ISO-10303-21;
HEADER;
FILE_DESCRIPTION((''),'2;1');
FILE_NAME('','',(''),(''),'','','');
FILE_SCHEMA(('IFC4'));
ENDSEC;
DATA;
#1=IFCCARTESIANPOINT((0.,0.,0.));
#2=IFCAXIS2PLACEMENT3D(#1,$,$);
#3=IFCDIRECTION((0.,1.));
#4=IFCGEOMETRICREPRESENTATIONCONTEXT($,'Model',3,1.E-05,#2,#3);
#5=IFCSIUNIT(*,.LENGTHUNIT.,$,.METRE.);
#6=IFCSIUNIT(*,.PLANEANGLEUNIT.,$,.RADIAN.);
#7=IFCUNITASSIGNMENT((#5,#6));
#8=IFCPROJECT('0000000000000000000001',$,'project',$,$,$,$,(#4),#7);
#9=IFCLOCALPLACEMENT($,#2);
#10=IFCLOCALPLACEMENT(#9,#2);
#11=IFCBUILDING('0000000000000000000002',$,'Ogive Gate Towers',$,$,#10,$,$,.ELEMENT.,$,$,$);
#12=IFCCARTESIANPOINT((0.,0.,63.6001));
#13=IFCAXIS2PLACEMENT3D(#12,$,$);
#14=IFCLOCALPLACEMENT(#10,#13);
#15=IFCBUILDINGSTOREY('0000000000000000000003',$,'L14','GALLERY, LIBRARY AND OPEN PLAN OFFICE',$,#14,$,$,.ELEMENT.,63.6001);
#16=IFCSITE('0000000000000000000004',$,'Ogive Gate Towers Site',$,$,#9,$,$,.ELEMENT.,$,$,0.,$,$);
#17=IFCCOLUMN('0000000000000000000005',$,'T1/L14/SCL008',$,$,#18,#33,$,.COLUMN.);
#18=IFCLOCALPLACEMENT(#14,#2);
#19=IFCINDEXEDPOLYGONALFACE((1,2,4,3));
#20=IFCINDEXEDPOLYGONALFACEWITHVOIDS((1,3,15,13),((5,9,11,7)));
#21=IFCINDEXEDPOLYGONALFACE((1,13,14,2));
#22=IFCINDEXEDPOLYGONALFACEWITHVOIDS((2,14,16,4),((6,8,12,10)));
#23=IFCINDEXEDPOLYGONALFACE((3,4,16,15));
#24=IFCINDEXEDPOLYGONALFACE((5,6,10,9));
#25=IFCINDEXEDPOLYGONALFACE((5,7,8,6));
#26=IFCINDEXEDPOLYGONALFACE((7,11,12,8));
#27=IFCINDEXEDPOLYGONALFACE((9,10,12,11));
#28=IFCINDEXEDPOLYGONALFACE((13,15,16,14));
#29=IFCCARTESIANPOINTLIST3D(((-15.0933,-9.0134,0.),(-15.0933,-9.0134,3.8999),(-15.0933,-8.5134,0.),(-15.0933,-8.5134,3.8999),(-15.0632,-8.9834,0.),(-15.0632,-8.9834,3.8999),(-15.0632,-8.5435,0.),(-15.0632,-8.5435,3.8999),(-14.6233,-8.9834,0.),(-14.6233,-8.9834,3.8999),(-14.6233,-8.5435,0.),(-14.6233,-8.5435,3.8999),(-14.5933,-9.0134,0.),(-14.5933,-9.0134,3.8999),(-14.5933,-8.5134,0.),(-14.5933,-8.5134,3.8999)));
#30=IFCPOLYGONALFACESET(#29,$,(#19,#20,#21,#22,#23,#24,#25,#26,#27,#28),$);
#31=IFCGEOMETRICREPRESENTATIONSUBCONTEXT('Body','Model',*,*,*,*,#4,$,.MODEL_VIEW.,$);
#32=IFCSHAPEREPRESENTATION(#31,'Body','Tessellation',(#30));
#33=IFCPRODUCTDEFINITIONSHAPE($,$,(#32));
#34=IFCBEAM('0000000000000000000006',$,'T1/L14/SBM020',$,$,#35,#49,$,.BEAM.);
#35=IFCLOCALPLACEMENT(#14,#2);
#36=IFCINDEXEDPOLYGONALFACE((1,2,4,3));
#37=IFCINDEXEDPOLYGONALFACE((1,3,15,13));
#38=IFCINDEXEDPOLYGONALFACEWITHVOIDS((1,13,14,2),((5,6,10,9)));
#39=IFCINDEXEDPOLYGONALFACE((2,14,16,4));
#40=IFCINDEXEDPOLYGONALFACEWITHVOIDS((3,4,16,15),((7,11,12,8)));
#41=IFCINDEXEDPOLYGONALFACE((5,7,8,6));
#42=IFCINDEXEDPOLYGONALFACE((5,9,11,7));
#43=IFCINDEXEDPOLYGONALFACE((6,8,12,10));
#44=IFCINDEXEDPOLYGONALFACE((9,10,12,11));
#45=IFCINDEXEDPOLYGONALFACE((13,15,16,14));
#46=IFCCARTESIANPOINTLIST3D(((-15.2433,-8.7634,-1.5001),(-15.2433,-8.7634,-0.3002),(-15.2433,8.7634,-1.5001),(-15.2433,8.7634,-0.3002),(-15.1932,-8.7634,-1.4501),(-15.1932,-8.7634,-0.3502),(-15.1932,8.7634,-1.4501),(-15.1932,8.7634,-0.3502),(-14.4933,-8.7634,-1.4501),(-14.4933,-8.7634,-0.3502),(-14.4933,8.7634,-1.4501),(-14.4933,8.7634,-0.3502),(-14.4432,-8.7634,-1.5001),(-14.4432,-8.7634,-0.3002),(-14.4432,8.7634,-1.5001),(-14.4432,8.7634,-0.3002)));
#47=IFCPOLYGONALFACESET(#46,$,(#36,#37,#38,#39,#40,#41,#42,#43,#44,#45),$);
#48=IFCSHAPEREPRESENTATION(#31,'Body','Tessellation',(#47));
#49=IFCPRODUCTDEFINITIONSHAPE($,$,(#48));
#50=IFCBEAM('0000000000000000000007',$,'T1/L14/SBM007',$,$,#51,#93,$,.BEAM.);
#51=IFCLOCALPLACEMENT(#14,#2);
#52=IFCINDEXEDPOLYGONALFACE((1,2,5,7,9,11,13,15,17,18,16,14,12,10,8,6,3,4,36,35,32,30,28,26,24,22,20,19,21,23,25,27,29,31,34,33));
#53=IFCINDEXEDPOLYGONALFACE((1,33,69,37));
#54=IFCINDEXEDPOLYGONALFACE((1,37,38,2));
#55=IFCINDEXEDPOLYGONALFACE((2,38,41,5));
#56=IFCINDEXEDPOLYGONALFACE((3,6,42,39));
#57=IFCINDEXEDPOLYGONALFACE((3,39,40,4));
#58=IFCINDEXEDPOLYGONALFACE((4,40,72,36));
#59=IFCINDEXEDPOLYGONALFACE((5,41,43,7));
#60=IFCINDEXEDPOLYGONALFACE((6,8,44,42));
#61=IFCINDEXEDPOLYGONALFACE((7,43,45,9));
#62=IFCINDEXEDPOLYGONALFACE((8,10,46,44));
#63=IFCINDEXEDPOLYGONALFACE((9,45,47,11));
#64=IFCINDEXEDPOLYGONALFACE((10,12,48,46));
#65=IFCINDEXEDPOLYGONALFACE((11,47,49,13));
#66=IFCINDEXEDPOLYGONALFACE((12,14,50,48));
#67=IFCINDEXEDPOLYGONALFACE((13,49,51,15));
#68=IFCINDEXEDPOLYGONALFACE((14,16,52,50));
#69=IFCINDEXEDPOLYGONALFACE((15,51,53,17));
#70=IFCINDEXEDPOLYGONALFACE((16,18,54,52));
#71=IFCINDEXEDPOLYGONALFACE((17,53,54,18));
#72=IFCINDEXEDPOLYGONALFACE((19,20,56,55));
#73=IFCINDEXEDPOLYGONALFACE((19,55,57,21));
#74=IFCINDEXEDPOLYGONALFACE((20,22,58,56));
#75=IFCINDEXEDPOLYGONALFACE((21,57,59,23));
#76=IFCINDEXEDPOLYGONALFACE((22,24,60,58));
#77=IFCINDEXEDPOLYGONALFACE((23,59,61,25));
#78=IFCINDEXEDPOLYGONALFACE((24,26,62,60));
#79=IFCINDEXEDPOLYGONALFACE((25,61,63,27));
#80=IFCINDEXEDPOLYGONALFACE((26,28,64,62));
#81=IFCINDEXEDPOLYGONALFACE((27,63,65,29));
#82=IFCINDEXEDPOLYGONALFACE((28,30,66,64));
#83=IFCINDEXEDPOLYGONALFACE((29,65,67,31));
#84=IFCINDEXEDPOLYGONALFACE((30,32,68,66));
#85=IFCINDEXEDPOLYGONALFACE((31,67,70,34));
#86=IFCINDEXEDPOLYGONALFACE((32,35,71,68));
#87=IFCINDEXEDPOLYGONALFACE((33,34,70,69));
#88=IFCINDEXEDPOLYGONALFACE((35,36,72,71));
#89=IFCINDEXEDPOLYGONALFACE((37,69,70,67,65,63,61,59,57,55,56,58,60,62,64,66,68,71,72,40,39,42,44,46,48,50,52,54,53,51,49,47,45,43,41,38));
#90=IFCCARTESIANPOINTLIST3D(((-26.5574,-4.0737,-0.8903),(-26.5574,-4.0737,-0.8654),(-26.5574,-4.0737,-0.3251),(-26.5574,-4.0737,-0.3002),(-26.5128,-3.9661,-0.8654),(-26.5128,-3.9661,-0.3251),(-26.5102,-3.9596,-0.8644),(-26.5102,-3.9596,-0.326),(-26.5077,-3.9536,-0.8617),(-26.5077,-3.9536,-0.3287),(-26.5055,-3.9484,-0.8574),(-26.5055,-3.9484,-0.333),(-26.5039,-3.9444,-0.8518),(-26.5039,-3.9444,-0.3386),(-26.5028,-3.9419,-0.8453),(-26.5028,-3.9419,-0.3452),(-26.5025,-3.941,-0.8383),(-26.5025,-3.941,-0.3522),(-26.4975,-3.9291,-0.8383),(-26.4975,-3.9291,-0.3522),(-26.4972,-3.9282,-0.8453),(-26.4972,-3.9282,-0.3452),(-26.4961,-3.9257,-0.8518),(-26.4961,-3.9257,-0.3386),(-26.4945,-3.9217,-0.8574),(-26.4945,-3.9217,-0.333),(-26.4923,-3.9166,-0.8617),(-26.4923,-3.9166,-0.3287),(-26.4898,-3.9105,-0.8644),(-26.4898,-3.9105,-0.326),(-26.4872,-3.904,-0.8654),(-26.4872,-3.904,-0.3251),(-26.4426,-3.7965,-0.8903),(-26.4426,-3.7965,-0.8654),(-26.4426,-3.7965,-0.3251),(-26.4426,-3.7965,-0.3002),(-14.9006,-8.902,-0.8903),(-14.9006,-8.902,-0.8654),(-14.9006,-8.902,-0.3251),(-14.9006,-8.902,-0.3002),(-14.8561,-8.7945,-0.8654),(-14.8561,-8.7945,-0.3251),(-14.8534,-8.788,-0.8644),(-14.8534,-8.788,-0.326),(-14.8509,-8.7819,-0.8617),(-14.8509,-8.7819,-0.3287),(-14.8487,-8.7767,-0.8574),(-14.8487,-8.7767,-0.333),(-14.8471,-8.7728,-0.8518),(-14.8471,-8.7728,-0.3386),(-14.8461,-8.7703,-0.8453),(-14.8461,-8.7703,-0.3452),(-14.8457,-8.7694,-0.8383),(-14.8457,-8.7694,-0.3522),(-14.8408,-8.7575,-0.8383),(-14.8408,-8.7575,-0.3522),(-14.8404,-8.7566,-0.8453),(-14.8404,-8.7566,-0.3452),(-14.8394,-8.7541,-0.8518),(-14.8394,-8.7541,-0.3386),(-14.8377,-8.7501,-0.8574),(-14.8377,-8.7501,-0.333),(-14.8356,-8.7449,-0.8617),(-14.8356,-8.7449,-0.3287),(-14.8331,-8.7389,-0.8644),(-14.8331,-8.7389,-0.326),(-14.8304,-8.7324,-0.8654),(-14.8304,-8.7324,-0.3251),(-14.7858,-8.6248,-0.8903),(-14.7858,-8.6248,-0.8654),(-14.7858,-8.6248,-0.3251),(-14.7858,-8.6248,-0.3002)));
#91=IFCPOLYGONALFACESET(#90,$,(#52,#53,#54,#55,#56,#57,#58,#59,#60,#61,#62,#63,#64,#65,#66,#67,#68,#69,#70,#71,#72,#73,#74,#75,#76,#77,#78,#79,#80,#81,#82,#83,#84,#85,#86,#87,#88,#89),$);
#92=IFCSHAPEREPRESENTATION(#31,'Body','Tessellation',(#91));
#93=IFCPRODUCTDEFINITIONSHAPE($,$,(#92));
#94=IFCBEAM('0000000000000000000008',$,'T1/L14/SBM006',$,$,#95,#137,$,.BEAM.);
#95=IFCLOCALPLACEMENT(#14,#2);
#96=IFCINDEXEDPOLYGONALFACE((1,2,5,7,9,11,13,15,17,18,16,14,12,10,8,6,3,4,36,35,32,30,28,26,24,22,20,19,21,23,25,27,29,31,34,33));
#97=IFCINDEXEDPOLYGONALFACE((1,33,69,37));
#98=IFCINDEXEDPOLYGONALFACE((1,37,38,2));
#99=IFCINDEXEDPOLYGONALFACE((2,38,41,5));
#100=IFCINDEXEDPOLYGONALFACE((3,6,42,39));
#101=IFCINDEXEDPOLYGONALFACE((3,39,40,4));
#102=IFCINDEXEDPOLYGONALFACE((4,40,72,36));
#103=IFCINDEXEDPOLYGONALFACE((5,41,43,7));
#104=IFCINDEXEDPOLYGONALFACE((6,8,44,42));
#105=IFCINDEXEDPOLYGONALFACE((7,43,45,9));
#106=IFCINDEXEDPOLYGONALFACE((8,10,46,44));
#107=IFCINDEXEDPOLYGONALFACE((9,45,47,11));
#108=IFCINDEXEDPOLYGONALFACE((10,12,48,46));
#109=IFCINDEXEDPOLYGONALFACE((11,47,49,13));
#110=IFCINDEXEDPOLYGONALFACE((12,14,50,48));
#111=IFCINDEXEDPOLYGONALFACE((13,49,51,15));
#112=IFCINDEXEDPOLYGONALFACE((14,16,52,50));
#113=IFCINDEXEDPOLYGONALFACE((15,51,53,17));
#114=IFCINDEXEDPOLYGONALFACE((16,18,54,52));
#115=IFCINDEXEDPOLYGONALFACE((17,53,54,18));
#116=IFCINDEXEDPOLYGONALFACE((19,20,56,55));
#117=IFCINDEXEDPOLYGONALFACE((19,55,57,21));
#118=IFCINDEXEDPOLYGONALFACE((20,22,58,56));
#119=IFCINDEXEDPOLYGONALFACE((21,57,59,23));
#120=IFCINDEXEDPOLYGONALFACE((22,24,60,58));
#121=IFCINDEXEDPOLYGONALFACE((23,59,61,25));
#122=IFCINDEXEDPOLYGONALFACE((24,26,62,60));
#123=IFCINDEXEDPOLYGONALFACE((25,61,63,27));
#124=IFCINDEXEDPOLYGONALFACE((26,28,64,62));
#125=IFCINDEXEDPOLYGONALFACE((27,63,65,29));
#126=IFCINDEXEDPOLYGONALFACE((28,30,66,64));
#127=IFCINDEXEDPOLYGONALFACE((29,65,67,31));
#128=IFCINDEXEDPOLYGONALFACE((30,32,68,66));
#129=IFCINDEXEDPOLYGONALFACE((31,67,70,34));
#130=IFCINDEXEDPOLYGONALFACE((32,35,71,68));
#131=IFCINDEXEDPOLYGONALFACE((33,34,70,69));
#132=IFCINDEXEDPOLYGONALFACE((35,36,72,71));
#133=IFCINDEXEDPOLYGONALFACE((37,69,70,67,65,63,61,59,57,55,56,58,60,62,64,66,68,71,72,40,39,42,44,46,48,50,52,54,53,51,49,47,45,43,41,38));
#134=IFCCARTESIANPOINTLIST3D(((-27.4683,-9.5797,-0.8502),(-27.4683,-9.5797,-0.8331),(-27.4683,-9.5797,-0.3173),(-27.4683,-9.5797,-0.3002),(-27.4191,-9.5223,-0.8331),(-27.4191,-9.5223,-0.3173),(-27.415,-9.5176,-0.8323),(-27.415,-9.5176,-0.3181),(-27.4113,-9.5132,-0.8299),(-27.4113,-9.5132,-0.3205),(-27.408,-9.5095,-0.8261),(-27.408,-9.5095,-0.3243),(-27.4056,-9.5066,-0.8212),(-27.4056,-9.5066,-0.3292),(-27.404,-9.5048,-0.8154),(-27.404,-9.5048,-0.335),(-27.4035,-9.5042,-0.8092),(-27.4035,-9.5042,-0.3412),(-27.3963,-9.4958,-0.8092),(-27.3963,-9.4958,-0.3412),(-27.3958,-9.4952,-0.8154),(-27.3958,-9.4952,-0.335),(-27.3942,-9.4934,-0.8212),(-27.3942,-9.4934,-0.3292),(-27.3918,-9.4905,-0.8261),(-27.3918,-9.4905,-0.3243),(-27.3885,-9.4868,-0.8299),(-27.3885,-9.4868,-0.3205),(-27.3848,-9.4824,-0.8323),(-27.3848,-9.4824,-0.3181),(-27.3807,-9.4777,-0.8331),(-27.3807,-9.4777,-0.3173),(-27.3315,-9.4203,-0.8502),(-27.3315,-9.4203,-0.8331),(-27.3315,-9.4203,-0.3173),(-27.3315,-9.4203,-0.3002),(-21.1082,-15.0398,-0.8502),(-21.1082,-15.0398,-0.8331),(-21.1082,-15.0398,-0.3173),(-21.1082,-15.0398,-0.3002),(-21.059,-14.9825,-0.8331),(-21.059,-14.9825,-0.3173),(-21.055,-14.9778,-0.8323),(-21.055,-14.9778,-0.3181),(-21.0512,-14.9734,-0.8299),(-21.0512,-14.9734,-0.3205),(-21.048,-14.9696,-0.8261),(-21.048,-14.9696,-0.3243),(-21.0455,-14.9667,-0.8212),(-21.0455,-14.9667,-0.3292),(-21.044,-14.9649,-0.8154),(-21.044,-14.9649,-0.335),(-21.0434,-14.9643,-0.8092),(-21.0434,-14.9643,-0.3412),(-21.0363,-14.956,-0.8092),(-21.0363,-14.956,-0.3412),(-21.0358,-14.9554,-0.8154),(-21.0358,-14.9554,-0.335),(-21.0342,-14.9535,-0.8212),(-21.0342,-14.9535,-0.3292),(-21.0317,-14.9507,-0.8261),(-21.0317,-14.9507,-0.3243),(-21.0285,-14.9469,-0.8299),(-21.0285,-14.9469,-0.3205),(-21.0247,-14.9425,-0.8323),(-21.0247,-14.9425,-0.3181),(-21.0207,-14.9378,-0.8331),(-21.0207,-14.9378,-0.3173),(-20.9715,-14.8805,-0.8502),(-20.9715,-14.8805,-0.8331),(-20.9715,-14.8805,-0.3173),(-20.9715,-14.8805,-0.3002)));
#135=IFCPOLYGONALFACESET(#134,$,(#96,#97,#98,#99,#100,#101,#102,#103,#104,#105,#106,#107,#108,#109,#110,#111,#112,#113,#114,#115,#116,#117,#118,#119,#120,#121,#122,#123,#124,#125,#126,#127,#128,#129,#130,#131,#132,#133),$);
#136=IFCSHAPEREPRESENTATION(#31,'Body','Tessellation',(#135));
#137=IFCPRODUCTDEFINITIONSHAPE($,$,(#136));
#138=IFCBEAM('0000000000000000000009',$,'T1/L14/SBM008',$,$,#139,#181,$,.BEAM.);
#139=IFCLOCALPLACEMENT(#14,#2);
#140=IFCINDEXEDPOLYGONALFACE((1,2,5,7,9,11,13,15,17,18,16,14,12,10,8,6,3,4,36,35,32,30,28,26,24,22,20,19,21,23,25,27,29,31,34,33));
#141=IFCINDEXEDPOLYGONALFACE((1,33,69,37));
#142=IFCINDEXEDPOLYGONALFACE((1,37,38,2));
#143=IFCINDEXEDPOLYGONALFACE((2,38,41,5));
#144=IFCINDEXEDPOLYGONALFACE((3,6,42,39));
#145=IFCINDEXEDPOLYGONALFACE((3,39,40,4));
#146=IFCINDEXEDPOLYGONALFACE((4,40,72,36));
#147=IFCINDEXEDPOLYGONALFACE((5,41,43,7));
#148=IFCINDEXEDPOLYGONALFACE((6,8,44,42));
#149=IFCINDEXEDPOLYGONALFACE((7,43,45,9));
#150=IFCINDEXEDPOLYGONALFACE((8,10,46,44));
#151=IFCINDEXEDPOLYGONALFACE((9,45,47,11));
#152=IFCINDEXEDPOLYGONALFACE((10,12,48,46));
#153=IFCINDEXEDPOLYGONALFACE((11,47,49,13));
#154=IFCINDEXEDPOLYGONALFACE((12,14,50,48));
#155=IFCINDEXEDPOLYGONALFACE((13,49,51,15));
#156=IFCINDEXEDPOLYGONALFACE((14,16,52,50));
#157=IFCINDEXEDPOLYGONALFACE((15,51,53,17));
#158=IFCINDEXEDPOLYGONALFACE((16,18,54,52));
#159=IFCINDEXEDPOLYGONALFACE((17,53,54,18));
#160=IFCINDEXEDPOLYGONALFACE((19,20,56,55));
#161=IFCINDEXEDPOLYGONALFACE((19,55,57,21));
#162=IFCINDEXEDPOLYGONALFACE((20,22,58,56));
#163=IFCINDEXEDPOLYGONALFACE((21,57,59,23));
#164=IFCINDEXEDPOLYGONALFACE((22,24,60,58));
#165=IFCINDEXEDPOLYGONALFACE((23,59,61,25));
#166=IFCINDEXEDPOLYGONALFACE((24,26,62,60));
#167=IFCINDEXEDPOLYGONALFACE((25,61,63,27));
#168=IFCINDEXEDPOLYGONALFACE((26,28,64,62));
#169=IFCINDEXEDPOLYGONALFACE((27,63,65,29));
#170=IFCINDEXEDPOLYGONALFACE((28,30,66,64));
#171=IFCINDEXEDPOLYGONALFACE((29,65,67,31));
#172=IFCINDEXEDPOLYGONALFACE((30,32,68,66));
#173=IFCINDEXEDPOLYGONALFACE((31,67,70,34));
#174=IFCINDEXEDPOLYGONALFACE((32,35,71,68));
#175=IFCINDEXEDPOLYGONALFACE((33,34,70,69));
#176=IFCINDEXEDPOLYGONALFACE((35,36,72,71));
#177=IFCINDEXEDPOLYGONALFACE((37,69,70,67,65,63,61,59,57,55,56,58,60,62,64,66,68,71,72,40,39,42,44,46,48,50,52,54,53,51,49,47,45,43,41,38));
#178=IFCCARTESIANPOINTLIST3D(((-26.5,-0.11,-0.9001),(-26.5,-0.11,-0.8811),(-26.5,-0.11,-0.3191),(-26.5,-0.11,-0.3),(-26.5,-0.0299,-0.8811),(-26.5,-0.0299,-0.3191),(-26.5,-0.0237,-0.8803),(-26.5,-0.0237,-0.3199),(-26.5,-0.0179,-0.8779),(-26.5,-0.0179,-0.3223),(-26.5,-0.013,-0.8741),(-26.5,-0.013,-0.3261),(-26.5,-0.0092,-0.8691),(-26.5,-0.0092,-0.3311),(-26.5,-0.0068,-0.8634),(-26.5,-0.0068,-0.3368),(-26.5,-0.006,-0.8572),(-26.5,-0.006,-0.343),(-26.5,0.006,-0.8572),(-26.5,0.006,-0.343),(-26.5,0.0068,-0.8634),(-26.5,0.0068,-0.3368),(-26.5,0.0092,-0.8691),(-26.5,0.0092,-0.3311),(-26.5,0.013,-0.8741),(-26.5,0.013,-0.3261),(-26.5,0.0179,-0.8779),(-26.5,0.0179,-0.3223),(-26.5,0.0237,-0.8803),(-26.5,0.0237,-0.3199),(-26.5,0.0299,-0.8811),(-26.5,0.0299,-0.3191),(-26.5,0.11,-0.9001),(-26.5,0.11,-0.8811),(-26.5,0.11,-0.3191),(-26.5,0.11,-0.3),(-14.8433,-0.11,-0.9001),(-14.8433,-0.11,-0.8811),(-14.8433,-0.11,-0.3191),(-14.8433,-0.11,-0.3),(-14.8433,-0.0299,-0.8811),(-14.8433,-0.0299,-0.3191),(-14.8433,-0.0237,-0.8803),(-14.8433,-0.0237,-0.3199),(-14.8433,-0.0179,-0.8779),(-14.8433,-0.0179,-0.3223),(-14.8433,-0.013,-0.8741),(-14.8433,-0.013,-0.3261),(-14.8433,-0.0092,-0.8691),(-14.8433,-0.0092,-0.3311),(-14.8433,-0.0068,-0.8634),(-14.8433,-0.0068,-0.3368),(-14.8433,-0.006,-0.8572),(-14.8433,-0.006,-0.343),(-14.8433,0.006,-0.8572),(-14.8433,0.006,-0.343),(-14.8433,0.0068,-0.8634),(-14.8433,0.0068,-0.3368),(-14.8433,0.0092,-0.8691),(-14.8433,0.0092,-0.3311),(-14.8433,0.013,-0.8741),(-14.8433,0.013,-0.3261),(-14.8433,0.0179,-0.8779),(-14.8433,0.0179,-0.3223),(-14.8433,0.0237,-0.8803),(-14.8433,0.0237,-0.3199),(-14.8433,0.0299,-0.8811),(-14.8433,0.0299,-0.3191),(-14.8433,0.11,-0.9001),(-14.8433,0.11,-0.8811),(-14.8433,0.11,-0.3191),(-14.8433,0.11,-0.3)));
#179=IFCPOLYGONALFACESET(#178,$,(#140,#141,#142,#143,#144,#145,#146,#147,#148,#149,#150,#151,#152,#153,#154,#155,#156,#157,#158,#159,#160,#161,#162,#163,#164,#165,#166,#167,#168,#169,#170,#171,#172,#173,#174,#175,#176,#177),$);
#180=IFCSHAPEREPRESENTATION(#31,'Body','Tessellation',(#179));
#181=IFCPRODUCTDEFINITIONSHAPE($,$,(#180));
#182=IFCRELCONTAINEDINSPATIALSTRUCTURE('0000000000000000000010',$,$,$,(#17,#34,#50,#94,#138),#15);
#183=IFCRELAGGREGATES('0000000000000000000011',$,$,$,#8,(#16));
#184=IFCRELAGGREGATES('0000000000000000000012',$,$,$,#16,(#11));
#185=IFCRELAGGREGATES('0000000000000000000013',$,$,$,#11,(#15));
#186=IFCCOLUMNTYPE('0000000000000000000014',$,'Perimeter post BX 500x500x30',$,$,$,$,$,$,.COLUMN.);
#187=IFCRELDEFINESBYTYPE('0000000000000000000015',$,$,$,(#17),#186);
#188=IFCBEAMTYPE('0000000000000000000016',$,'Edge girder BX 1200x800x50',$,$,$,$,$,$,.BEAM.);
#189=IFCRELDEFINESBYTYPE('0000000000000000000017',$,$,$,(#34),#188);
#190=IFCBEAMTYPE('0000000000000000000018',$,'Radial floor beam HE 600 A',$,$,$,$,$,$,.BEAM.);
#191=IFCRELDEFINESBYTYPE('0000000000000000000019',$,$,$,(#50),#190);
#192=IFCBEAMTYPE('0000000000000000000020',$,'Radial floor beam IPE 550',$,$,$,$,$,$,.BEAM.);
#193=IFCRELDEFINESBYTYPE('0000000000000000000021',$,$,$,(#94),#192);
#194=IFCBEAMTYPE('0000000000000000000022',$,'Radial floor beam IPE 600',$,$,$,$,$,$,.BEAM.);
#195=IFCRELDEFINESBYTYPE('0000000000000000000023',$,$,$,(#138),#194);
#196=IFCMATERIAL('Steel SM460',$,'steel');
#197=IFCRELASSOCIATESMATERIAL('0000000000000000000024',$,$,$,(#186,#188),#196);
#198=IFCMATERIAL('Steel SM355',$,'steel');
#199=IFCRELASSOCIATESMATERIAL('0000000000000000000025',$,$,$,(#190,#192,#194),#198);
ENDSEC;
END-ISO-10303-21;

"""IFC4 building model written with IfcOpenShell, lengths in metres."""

from ifc_helpers import new_model, si_unit, direction, frame, origin, origin_2d, place, context, subcontext, project, spatial, hollow_rectangle, i_section, extrude, material, material_profile, profile_set, type_object, element, save


model = new_model("IFC4")

# Units and contexts
model_context = context("Model", 3, precision=1e-05, world=origin(), true_north=direction((0.0, 1.0)))
body_context = subcontext(model_context, "Body", "Model", "MODEL_VIEW")
ifc_project = project(units=[si_unit("LENGTHUNIT", "METRE"), si_unit("PLANEANGLEUNIT", "RADIAN")], contexts=[model_context])

# Site, building, storey
site_placement = place(None, origin())
site = spatial("IfcSite", under=ifc_project, at=site_placement, Name="Ogive Gate Towers Site", CompositionType="ELEMENT", RefElevation=0.0)
building_placement = place(site_placement, origin())
building = spatial("IfcBuilding", under=site, at=building_placement, Name="Ogive Gate Towers", CompositionType="ELEMENT")
storey_placement = place(building_placement, frame((0.0, 0.0, 63.6001)))
storey = spatial("IfcBuildingStorey", under=building, at=storey_placement, Name="L14", Description="GALLERY, LIBRARY AND OPEN PLAN OFFICE", CompositionType="ELEMENT", Elevation=63.6001)

# Column
ifc_material_1 = material(Name="Steel SM460", Category="steel")
ifc_material_profile_1 = material_profile(ifc_material_1, hollow_rectangle(XDim=0.5, YDim=0.5, WallThickness=0.03, at=origin_2d()), Name="BX 500x500x30")
ifc_profile_set_1 = profile_set([ifc_material_profile_1], Name="Steel SM460")
column_type = type_object("IfcColumnType", Name="Perimeter post BX 500x500x30", PredefinedType="COLUMN", material=ifc_profile_set_1)
column_placement = place(storey_placement, frame((-14.8433, -8.7634, 0.0), z_axis=(0.0, 0.0, 1.0), x_axis=(1.0, 0.0, 0.0)))
element("IfcColumn", 1, at=column_placement, inside=storey, type_object=column_type, Name="T1/L14/SCL008", PredefinedType="COLUMN", context=body_context, shape_type="SweptSolid", body=[
    extrude(hollow_rectangle(XDim=0.5, YDim=0.5, WallThickness=0.03, at=origin_2d()), origin(), (0.0, 0.0, 1.0), 3.8999),
])

# Beams
ifc_material_profile_2 = material_profile(ifc_material_1, hollow_rectangle(XDim=0.8, YDim=1.2, WallThickness=0.05, at=origin_2d()), Name="BX 1200x800x50")
ifc_profile_set_2 = profile_set([ifc_material_profile_2], Name="Steel SM460")
beam_type_1 = type_object("IfcBeamType", Name="Edge girder BX 1200x800x50", PredefinedType="BEAM", material=ifc_profile_set_2)
beam_1_placement = place(storey_placement, frame((-14.8433, -8.7634, -0.9001), z_axis=(0.0, 1.0, 0.0), x_axis=(-1.0, 0.0, 0.0)))
element("IfcBeam", 2, at=beam_1_placement, inside=storey, type_object=beam_type_1, Name="T1/L14/SBM020", PredefinedType="BEAM", context=body_context, shape_type="SweptSolid", body=[
    extrude(hollow_rectangle(XDim=0.8, YDim=1.2, WallThickness=0.05, at=origin_2d()), origin(), (0.0, 0.0, 1.0), 17.5269),
])
ifc_material_2 = material(Name="Steel SM355", Category="steel")
ifc_material_profile_3 = material_profile(ifc_material_2, i_section(OverallWidth=0.3, OverallDepth=0.5901, WebThickness=0.0129, FlangeThickness=0.0249, FilletRadius=0.0271, at=origin_2d()), Name="HE 600 A")
ifc_profile_set_3 = profile_set([ifc_material_profile_3], Name="Steel SM355")
beam_type_2 = type_object("IfcBeamType", Name="Radial floor beam HE 600 A", PredefinedType="BEAM", material=ifc_profile_set_3)
beam_2_placement = place(storey_placement, frame((-26.5, -3.9351, -0.5952), z_axis=(0.92388, -0.382683, 0.0), x_axis=(0.382683, 0.92388, 0.0)))
element("IfcBeam", 3, at=beam_2_placement, inside=storey, type_object=beam_type_2, Name="T1/L14/SBM007", PredefinedType="BEAM", context=body_context, shape_type="SweptSolid", body=[
    extrude(i_section(OverallWidth=0.3, OverallDepth=0.5901, WebThickness=0.0129, FlangeThickness=0.0249, FilletRadius=0.0271, at=origin_2d()), origin(), (0.0, 0.0, 1.0), 12.6172),
])
ifc_material_profile_4 = material_profile(ifc_material_2, i_section(OverallWidth=0.21, OverallDepth=0.55, WebThickness=0.011, FlangeThickness=0.0171, FilletRadius=0.0239, at=origin_2d()), Name="IPE 550")
ifc_profile_set_4 = profile_set([ifc_material_profile_4], Name="Steel SM355")
beam_type_3 = type_object("IfcBeamType", Name="Radial floor beam IPE 550", PredefinedType="BEAM", material=ifc_profile_set_4)
beam_3_placement = place(storey_placement, frame((-27.3999, -9.5, -0.5752), z_axis=(0.758744, -0.651388, 0.0), x_axis=(0.651388, 0.758744, 0.0)))
element("IfcBeam", 4, at=beam_3_placement, inside=storey, type_object=beam_type_3, Name="T1/L14/SBM006", PredefinedType="BEAM", context=body_context, shape_type="SweptSolid", body=[
    extrude(i_section(OverallWidth=0.21, OverallDepth=0.55, WebThickness=0.011, FlangeThickness=0.0171, FilletRadius=0.0239, at=origin_2d()), origin(), (0.0, 0.0, 1.0), 8.3823),
])
ifc_material_profile_5 = material_profile(ifc_material_2, i_section(OverallWidth=0.22, OverallDepth=0.6001, WebThickness=0.012, FlangeThickness=0.019, FilletRadius=0.0239, at=origin_2d()), Name="IPE 600")
ifc_profile_set_5 = profile_set([ifc_material_profile_5], Name="Steel SM355")
beam_type_4 = type_object("IfcBeamType", Name="Radial floor beam IPE 600", PredefinedType="BEAM", material=ifc_profile_set_5)
beam_4_placement = place(storey_placement, frame((-26.5, 0.0, -0.6001), z_axis=(1.0, 0.0, 0.0), x_axis=(0.0, 1.0, 0.0)))
element("IfcBeam", 5, at=beam_4_placement, inside=storey, type_object=beam_type_4, Name="T1/L14/SBM008", PredefinedType="BEAM", context=body_context, shape_type="SweptSolid", body=[
    extrude(i_section(OverallWidth=0.22, OverallDepth=0.6001, WebThickness=0.012, FlangeThickness=0.019, FilletRadius=0.0239, at=origin_2d()), origin(), (0.0, 0.0, 1.0), 11.6567),
])

save(model, "model.ifc")
